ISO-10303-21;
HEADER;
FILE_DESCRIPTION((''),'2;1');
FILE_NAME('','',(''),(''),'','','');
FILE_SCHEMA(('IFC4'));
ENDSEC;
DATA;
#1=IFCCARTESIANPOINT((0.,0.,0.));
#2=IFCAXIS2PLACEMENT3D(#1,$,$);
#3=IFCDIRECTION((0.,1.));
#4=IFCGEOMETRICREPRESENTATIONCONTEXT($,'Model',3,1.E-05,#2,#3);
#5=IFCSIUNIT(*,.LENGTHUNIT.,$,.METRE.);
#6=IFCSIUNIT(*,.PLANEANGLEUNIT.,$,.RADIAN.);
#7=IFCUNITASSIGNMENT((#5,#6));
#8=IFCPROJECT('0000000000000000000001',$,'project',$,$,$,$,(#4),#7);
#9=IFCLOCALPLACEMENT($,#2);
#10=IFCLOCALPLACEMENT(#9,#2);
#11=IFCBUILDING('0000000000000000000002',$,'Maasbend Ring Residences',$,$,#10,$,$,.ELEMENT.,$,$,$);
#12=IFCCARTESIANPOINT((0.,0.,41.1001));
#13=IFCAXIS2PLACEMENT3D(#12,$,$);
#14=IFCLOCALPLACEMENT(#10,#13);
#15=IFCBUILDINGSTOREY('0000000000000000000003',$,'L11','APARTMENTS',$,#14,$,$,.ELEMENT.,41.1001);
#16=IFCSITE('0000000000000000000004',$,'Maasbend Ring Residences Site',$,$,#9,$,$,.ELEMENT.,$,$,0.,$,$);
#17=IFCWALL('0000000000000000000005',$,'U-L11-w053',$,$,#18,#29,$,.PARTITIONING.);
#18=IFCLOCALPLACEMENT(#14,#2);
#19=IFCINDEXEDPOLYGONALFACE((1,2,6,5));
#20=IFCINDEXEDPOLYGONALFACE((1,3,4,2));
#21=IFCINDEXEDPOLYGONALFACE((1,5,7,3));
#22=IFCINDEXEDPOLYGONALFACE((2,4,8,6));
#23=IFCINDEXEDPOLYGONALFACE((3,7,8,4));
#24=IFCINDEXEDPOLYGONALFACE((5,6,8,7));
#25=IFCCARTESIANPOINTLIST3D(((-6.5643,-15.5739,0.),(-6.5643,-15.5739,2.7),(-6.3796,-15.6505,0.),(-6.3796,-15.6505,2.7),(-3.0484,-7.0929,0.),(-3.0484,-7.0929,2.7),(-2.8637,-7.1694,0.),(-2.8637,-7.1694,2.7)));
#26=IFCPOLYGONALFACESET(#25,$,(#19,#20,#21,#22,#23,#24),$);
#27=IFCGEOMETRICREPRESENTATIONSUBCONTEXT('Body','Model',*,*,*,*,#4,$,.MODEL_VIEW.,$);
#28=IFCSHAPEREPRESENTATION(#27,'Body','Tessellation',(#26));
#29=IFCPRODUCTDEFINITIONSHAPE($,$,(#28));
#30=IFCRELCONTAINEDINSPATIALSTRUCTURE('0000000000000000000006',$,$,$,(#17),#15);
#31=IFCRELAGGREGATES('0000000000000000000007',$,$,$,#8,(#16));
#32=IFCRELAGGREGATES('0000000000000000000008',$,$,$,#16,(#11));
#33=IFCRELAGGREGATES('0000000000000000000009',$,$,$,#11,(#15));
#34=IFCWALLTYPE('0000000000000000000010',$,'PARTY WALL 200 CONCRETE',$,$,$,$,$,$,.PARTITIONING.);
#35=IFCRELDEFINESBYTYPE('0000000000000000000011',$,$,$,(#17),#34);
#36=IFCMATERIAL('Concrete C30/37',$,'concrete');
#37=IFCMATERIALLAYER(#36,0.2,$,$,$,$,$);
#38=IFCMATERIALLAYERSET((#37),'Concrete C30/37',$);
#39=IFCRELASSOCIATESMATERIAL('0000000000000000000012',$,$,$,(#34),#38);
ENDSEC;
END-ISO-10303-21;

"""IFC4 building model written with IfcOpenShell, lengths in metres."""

from ifc_helpers import new_model, si_unit, direction, frame, frame_2d, origin, place, context, subcontext, project, spatial, rectangle, extrude, material, layer, layer_set, type_object, element, save


model = new_model("IFC4")

# Units and contexts
model_context = context("Model", 3, precision=1e-05, world=origin(), true_north=direction((0.0, 1.0)))
body_context = subcontext(model_context, "Body", "Model", "MODEL_VIEW")
ifc_project = project(units=[si_unit("LENGTHUNIT", "METRE"), si_unit("PLANEANGLEUNIT", "RADIAN")], contexts=[model_context])

# Site, building, storey
site_placement = place(None, origin())
site = spatial("IfcSite", under=ifc_project, at=site_placement, Name="Maasbend Ring Residences Site", CompositionType="ELEMENT", RefElevation=0.0)
building_placement = place(site_placement, origin())
building = spatial("IfcBuilding", under=site, at=building_placement, Name="Maasbend Ring Residences", CompositionType="ELEMENT")
storey_placement = place(building_placement, frame((0.0, 0.0, 41.1001)))
storey = spatial("IfcBuildingStorey", under=building, at=storey_placement, Name="L11", Description="APARTMENTS", CompositionType="ELEMENT", Elevation=41.1001)

# Wall
ifc_material_1 = material(Name="Concrete C30/37", Category="concrete")
ifc_layer_1 = layer(ifc_material_1, 0.2)
ifc_layer_set_1 = layer_set([ifc_layer_1], Name="Concrete C30/37")
wall_type_1 = type_object("IfcWallType", Name="PARTY WALL 200 CONCRETE", PredefinedType="PARTITIONING", material=ifc_layer_set_1)
wall_1_placement = place(storey_placement, frame((-6.4719, -15.6121, 0.0), z_axis=(0.0, 0.0, 1.0), x_axis=(0.382957, 0.923766, 0.0)))
element("IfcWall", 1, at=wall_1_placement, inside=storey, type_object=wall_type_1, Name="U-L11-w053", PredefinedType="PARTITIONING", context=body_context, shape_type="SweptSolid", body=[
    extrude(rectangle(XDim=9.1809, YDim=0.2, at=frame_2d((4.5903, 0.0))), origin(), (0.0, 0.0, 1.0), 2.7),
])

save(model, "model.ifc")
